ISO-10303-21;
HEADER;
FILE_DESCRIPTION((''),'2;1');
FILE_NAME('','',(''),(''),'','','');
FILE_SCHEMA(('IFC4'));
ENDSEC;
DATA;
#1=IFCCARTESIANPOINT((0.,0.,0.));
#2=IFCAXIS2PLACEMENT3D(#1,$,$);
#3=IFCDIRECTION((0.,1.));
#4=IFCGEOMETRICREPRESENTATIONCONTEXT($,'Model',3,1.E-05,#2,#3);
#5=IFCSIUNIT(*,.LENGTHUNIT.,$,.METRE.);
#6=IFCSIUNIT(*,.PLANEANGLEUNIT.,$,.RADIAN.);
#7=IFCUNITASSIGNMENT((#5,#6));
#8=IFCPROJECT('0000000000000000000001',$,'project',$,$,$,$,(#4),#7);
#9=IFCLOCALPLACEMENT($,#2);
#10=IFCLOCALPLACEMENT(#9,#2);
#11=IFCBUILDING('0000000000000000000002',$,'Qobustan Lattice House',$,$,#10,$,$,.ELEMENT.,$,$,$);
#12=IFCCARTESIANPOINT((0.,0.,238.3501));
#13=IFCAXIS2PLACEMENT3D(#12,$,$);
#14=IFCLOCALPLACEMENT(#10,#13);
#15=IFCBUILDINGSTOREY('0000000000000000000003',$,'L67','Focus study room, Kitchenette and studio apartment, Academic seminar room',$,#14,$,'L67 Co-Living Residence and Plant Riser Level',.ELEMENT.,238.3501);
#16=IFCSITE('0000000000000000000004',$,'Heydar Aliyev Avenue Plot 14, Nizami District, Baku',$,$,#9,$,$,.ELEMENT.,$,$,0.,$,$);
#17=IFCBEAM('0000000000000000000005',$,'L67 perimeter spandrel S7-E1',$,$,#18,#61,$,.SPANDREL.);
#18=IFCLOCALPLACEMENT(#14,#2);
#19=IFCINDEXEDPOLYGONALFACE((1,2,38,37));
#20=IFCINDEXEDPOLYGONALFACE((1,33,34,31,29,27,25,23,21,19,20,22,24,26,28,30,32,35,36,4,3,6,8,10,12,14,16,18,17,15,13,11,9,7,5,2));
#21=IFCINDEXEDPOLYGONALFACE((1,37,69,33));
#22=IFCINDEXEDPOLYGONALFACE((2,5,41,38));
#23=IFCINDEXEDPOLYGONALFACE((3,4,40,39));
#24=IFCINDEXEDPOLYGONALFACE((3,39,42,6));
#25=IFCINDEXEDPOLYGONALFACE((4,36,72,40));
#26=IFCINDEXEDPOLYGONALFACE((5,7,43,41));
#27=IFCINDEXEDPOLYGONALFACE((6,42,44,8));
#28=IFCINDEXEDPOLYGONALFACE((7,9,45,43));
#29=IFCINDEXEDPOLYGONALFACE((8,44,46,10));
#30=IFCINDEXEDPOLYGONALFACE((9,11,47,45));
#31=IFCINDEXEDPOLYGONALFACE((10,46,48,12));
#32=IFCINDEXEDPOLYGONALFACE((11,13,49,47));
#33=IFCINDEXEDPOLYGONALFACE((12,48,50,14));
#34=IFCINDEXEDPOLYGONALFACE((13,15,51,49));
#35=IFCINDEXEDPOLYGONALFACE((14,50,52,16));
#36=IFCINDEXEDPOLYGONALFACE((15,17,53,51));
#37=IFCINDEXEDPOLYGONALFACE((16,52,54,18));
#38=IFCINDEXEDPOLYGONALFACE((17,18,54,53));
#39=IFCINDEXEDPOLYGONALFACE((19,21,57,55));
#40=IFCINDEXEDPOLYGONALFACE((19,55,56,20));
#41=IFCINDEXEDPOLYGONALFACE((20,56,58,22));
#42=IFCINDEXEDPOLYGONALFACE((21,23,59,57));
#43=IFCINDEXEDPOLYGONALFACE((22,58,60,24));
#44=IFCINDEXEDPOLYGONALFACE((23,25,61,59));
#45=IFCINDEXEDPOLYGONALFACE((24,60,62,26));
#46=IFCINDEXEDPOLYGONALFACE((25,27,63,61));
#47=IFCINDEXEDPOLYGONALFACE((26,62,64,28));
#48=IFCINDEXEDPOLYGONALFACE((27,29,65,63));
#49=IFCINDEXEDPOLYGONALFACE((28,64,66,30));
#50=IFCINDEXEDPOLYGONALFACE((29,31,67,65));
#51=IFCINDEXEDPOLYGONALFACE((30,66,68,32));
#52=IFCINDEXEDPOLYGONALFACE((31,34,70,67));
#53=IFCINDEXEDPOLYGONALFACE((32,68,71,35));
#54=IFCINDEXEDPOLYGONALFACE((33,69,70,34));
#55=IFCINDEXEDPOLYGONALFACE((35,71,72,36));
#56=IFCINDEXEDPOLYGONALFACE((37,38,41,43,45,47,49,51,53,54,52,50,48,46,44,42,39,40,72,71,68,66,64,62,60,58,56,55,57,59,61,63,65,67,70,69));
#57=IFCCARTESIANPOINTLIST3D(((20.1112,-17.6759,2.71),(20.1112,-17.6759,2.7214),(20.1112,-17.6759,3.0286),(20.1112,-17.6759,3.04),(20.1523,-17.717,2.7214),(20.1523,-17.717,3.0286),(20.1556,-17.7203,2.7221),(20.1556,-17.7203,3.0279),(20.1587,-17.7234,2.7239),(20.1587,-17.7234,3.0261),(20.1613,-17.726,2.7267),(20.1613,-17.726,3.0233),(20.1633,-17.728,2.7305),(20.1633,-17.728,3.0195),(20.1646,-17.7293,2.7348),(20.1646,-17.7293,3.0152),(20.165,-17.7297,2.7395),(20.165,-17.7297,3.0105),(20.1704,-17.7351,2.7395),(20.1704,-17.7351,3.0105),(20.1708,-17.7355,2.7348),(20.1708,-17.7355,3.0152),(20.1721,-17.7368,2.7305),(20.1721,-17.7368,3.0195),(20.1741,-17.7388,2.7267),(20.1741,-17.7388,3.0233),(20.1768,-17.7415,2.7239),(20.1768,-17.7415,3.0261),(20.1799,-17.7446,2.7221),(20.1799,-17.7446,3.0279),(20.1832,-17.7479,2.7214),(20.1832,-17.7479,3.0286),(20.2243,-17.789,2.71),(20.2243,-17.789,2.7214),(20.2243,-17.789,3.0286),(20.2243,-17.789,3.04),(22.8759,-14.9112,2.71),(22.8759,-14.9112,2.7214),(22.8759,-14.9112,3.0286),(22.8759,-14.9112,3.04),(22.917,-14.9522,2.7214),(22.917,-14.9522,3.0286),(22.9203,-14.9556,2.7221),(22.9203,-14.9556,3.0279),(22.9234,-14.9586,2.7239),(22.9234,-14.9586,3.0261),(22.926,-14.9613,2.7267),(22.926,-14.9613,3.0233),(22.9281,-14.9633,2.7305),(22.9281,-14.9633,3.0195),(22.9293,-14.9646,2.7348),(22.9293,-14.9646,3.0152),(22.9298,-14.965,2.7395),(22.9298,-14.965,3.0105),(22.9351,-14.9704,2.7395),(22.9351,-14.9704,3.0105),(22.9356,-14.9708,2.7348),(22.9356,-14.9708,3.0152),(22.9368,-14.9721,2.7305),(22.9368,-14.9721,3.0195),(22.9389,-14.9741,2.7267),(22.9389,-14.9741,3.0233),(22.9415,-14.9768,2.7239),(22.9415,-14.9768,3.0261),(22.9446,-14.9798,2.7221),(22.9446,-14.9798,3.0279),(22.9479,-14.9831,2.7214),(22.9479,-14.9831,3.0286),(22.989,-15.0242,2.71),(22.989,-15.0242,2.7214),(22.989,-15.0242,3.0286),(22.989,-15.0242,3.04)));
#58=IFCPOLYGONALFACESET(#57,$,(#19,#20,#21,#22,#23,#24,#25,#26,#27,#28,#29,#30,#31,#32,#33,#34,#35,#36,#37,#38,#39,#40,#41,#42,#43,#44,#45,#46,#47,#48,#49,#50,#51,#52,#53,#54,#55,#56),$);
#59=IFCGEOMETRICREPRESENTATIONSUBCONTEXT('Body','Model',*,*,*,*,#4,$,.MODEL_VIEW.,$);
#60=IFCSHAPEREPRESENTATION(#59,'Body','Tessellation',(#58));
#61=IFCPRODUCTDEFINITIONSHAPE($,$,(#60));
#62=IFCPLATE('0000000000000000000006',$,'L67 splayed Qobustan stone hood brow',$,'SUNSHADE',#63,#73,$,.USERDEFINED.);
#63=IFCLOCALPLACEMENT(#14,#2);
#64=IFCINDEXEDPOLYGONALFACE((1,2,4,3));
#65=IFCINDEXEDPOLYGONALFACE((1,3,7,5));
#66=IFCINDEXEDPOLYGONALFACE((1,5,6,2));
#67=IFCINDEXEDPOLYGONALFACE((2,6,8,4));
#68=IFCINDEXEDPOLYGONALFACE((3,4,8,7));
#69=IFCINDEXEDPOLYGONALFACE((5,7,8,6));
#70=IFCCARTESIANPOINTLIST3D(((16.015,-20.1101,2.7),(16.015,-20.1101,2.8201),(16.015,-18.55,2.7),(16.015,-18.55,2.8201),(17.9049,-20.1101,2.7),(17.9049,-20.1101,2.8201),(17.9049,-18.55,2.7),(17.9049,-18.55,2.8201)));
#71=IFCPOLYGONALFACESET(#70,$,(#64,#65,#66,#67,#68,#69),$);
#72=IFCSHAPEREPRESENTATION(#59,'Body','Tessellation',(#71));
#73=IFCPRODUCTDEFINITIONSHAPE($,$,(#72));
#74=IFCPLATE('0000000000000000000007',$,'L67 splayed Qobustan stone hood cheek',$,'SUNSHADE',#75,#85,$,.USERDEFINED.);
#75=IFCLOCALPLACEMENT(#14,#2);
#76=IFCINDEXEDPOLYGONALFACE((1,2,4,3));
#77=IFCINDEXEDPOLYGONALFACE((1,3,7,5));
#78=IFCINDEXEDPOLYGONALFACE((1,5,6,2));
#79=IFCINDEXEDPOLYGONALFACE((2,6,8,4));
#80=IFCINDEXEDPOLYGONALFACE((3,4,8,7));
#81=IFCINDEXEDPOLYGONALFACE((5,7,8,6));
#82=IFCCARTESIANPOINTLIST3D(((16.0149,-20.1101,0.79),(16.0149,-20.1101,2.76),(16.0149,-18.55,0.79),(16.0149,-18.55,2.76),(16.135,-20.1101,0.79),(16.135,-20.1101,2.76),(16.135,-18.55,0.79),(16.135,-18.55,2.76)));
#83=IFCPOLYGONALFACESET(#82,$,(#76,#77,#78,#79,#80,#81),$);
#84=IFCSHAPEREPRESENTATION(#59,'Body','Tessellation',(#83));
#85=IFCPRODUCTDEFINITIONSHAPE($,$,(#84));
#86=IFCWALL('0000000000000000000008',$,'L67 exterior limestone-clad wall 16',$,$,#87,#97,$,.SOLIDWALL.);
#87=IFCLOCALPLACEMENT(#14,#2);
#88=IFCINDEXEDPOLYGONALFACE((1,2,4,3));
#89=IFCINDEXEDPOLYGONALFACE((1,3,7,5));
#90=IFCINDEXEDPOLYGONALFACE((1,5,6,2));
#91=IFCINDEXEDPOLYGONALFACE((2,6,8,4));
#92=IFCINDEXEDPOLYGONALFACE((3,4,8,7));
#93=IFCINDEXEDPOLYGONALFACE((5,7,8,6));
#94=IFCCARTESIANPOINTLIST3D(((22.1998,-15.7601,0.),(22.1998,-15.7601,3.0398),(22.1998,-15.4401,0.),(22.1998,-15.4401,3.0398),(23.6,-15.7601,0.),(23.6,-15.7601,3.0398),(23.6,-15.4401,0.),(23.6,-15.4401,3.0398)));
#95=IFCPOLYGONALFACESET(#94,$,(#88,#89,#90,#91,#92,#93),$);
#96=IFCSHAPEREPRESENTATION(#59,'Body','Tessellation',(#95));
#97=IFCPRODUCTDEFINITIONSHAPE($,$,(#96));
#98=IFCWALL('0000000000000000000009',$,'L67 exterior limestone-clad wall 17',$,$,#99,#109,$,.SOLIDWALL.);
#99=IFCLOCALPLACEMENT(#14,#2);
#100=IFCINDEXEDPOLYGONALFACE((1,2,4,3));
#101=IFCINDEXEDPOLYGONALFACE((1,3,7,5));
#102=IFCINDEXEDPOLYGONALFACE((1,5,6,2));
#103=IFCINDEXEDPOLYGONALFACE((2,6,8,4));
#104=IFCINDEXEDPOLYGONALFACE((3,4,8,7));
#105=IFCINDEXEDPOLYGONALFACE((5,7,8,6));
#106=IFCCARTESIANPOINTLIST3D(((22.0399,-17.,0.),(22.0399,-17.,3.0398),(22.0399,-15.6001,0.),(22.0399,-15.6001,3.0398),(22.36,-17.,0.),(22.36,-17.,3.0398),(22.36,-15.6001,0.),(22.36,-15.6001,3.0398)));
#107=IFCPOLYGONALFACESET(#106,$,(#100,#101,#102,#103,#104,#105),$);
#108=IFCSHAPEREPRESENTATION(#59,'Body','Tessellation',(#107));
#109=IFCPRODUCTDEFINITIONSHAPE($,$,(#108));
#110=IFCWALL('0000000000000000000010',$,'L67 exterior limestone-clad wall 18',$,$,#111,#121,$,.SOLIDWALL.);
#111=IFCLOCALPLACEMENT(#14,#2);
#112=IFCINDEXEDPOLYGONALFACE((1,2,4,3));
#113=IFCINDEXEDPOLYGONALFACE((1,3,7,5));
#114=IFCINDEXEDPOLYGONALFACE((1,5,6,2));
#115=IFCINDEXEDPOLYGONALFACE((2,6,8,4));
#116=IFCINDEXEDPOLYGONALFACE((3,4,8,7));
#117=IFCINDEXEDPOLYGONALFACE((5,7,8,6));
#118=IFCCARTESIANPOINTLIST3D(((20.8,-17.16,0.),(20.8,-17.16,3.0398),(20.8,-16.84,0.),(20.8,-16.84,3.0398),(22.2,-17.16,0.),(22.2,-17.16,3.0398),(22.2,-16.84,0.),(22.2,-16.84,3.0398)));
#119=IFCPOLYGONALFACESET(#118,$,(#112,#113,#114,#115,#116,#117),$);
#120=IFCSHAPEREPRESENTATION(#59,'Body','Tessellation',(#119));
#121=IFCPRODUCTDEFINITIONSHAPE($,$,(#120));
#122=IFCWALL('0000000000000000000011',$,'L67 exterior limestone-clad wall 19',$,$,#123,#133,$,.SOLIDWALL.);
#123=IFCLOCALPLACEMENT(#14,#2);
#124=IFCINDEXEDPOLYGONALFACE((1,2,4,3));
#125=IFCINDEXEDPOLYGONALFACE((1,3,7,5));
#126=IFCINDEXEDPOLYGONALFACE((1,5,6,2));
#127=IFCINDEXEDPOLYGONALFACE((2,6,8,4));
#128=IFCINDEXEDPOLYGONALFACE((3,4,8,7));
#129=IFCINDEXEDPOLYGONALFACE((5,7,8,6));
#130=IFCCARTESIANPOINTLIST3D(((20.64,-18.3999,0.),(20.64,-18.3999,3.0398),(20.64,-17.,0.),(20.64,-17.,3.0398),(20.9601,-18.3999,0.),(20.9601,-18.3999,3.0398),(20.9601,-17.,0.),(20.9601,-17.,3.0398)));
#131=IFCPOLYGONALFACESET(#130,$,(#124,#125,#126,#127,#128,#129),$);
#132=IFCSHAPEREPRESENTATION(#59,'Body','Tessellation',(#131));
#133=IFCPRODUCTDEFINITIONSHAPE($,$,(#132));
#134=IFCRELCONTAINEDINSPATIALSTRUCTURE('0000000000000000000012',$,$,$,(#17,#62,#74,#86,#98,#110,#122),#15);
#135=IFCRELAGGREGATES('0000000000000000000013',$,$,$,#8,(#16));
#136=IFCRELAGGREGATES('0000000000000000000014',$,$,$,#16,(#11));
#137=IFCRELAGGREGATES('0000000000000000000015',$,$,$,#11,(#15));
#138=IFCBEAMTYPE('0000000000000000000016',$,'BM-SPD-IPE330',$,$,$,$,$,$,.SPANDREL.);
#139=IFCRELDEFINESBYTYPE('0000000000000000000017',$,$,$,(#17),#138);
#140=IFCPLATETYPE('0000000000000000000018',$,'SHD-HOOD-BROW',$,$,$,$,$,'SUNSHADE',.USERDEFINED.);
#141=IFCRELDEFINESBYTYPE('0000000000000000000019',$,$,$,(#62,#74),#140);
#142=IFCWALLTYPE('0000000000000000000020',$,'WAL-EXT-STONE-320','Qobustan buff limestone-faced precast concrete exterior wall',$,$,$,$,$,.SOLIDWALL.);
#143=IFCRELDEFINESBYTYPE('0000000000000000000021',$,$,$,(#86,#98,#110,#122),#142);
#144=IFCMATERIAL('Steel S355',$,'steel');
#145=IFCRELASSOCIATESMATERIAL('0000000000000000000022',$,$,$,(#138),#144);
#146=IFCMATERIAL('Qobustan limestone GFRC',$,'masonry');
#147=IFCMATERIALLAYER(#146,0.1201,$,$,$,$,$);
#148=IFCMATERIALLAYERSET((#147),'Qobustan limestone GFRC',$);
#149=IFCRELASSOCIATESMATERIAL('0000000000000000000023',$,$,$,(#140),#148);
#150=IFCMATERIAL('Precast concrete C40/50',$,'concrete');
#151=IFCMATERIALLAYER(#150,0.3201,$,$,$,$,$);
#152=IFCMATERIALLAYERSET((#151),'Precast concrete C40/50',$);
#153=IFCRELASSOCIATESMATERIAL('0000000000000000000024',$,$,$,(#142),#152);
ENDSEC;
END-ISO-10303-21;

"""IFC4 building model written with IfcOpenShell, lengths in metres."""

from ifc_helpers import new_model, si_unit, direction, frame, frame_2d, origin, origin_2d, place, context, subcontext, project, spatial, rectangle, i_section, extrude, material, layer, layer_set, material_profile, profile_set, type_object, element, save


model = new_model("IFC4")

# Units and contexts
model_context = context("Model", 3, precision=1e-05, world=origin(), true_north=direction((0.0, 1.0)))
body_context = subcontext(model_context, "Body", "Model", "MODEL_VIEW")
ifc_project = project(units=[si_unit("LENGTHUNIT", "METRE"), si_unit("PLANEANGLEUNIT", "RADIAN")], contexts=[model_context])

# Site, building, storey
site_placement = place(None, origin())
site = spatial("IfcSite", under=ifc_project, at=site_placement, Name="Heydar Aliyev Avenue Plot 14, Nizami District, Baku", CompositionType="ELEMENT", RefElevation=0.0)
building_placement = place(site_placement, origin())
building = spatial("IfcBuilding", under=site, at=building_placement, Name="Qobustan Lattice House", CompositionType="ELEMENT")
storey_placement = place(building_placement, frame((0.0, 0.0, 238.3501)))
storey = spatial("IfcBuildingStorey", under=building, at=storey_placement, Name="L67", Description="Focus study room, Kitchenette and studio apartment, Academic seminar room", LongName="L67 Co-Living Residence and Plant Riser Level", CompositionType="ELEMENT", Elevation=238.3501)

# Beam
ifc_material_1 = material(Name="Steel S355", Category="steel")
ifc_material_profile_1 = material_profile(ifc_material_1, i_section(OverallWidth=0.1599, OverallDepth=0.3301, WebThickness=0.0076, FlangeThickness=0.0115, FilletRadius=0.0181, at=origin_2d()), Name="IPE330")
ifc_profile_set_1 = profile_set([ifc_material_profile_1], Name="Steel S355")
beam_type_1 = type_object("IfcBeamType", Name="BM-SPD-IPE330", PredefinedType="SPANDREL", material=ifc_profile_set_1)
beam_1_placement = place(storey_placement, frame((20.1677, -17.7324, 2.875), z_axis=(0.707107, 0.707107, 0.0), x_axis=(-0.707107, 0.707107, 0.0)))
element("IfcBeam", 1, at=beam_1_placement, inside=storey, type_object=beam_type_1, Name="L67 perimeter spandrel S7-E1", PredefinedType="SPANDREL", context=body_context, shape_type="SweptSolid", body=[
    extrude(i_section(OverallWidth=0.1599, OverallDepth=0.3301, WebThickness=0.0076, FlangeThickness=0.0115, FilletRadius=0.0181, at=origin_2d()), origin(), (0.0, 0.0, 1.0), 3.9099),
])

# Plates
ifc_material_2 = material(Name="Qobustan limestone GFRC", Category="masonry")
ifc_layer_1 = layer(ifc_material_2, 0.1201)
ifc_layer_set_1 = layer_set([ifc_layer_1], Name="Qobustan limestone GFRC")
plate_type = type_object("IfcPlateType", Name="SHD-HOOD-BROW", ElementType="SUNSHADE", PredefinedType="USERDEFINED", material=ifc_layer_set_1)
plate_1_placement = place(storey_placement, frame((16.96, -19.3301, 2.7), z_axis=(0.0, 0.0, 1.0), x_axis=(-1.0, 0.0, 0.0)))
element("IfcPlate", 2, at=plate_1_placement, inside=storey, type_object=plate_type, Name="L67 splayed Qobustan stone hood brow", ObjectType="SUNSHADE", PredefinedType="USERDEFINED", context=body_context, shape_type="SweptSolid", body=[
    extrude(rectangle(XDim=1.8899, YDim=1.5601, at=origin_2d()), origin(), (0.0, 0.0, 1.0), 0.1201),
])
plate_2_placement = place(storey_placement, frame((16.075, -19.3301, 0.79), z_axis=(0.0, 0.0, 1.0), x_axis=(-1.0, 0.0, 0.0)))
element("IfcPlate", 3, at=plate_2_placement, inside=storey, type_object=plate_type, Name="L67 splayed Qobustan stone hood cheek", ObjectType="SUNSHADE", PredefinedType="USERDEFINED", context=body_context, shape_type="SweptSolid", body=[
    extrude(rectangle(XDim=0.1201, YDim=1.5601, at=origin_2d()), origin(), (0.0, 0.0, 1.0), 1.97),
])

# Walls
ifc_material_3 = material(Name="Precast concrete C40/50", Category="concrete")
ifc_layer_2 = layer(ifc_material_3, 0.3201)
ifc_layer_set_2 = layer_set([ifc_layer_2], Name="Precast concrete C40/50")
wall_type_1 = type_object("IfcWallType", Name="WAL-EXT-STONE-320", Description="Qobustan buff limestone-faced precast concrete exterior wall", PredefinedType="SOLIDWALL", material=ifc_layer_set_2)
wall_1_placement = place(storey_placement, frame((23.6001, -15.6001, 0.0), z_axis=(0.0, 0.0, 1.0), x_axis=(-1.0, 0.0, 0.0)))
element("IfcWall", 4, at=wall_1_placement, inside=storey, type_object=wall_type_1, Name="L67 exterior limestone-clad wall 16", PredefinedType="SOLIDWALL", context=body_context, shape_type="SweptSolid", body=[
    extrude(rectangle(XDim=1.4001, YDim=0.3201, at=frame_2d((0.7002, 0.0))), origin(), (0.0, 0.0, 1.0), 3.0398),
])
for number, where, z_axis, x_axis, name in (
    (5, (22.2, -15.6001, 0.0), (0.0, 0.0, 1.0), (0.0, -1.0, 0.0), "L67 exterior limestone-clad wall 17"),
    (6, (22.2, -17.0, 0.0), (0.0, 0.0, 1.0), (-1.0, 0.0, 0.0), "L67 exterior limestone-clad wall 18"),
    (7, (20.8, -17.0, 0.0), (0.0, 0.0, 1.0), (0.0, -1.0, 0.0), "L67 exterior limestone-clad wall 19"),
):
    element("IfcWall", number, at=place(storey_placement, frame(where, z_axis=z_axis, x_axis=x_axis)), inside=storey, type_object=wall_type_1, Name=name, PredefinedType="SOLIDWALL", context=body_context, shape_type="SweptSolid", body=[
        extrude(rectangle(XDim=1.3999, YDim=0.3201, at=frame_2d((0.7, 0.0))), origin(), (0.0, 0.0, 1.0), 3.0398),
    ])

save(model, "model.ifc")
